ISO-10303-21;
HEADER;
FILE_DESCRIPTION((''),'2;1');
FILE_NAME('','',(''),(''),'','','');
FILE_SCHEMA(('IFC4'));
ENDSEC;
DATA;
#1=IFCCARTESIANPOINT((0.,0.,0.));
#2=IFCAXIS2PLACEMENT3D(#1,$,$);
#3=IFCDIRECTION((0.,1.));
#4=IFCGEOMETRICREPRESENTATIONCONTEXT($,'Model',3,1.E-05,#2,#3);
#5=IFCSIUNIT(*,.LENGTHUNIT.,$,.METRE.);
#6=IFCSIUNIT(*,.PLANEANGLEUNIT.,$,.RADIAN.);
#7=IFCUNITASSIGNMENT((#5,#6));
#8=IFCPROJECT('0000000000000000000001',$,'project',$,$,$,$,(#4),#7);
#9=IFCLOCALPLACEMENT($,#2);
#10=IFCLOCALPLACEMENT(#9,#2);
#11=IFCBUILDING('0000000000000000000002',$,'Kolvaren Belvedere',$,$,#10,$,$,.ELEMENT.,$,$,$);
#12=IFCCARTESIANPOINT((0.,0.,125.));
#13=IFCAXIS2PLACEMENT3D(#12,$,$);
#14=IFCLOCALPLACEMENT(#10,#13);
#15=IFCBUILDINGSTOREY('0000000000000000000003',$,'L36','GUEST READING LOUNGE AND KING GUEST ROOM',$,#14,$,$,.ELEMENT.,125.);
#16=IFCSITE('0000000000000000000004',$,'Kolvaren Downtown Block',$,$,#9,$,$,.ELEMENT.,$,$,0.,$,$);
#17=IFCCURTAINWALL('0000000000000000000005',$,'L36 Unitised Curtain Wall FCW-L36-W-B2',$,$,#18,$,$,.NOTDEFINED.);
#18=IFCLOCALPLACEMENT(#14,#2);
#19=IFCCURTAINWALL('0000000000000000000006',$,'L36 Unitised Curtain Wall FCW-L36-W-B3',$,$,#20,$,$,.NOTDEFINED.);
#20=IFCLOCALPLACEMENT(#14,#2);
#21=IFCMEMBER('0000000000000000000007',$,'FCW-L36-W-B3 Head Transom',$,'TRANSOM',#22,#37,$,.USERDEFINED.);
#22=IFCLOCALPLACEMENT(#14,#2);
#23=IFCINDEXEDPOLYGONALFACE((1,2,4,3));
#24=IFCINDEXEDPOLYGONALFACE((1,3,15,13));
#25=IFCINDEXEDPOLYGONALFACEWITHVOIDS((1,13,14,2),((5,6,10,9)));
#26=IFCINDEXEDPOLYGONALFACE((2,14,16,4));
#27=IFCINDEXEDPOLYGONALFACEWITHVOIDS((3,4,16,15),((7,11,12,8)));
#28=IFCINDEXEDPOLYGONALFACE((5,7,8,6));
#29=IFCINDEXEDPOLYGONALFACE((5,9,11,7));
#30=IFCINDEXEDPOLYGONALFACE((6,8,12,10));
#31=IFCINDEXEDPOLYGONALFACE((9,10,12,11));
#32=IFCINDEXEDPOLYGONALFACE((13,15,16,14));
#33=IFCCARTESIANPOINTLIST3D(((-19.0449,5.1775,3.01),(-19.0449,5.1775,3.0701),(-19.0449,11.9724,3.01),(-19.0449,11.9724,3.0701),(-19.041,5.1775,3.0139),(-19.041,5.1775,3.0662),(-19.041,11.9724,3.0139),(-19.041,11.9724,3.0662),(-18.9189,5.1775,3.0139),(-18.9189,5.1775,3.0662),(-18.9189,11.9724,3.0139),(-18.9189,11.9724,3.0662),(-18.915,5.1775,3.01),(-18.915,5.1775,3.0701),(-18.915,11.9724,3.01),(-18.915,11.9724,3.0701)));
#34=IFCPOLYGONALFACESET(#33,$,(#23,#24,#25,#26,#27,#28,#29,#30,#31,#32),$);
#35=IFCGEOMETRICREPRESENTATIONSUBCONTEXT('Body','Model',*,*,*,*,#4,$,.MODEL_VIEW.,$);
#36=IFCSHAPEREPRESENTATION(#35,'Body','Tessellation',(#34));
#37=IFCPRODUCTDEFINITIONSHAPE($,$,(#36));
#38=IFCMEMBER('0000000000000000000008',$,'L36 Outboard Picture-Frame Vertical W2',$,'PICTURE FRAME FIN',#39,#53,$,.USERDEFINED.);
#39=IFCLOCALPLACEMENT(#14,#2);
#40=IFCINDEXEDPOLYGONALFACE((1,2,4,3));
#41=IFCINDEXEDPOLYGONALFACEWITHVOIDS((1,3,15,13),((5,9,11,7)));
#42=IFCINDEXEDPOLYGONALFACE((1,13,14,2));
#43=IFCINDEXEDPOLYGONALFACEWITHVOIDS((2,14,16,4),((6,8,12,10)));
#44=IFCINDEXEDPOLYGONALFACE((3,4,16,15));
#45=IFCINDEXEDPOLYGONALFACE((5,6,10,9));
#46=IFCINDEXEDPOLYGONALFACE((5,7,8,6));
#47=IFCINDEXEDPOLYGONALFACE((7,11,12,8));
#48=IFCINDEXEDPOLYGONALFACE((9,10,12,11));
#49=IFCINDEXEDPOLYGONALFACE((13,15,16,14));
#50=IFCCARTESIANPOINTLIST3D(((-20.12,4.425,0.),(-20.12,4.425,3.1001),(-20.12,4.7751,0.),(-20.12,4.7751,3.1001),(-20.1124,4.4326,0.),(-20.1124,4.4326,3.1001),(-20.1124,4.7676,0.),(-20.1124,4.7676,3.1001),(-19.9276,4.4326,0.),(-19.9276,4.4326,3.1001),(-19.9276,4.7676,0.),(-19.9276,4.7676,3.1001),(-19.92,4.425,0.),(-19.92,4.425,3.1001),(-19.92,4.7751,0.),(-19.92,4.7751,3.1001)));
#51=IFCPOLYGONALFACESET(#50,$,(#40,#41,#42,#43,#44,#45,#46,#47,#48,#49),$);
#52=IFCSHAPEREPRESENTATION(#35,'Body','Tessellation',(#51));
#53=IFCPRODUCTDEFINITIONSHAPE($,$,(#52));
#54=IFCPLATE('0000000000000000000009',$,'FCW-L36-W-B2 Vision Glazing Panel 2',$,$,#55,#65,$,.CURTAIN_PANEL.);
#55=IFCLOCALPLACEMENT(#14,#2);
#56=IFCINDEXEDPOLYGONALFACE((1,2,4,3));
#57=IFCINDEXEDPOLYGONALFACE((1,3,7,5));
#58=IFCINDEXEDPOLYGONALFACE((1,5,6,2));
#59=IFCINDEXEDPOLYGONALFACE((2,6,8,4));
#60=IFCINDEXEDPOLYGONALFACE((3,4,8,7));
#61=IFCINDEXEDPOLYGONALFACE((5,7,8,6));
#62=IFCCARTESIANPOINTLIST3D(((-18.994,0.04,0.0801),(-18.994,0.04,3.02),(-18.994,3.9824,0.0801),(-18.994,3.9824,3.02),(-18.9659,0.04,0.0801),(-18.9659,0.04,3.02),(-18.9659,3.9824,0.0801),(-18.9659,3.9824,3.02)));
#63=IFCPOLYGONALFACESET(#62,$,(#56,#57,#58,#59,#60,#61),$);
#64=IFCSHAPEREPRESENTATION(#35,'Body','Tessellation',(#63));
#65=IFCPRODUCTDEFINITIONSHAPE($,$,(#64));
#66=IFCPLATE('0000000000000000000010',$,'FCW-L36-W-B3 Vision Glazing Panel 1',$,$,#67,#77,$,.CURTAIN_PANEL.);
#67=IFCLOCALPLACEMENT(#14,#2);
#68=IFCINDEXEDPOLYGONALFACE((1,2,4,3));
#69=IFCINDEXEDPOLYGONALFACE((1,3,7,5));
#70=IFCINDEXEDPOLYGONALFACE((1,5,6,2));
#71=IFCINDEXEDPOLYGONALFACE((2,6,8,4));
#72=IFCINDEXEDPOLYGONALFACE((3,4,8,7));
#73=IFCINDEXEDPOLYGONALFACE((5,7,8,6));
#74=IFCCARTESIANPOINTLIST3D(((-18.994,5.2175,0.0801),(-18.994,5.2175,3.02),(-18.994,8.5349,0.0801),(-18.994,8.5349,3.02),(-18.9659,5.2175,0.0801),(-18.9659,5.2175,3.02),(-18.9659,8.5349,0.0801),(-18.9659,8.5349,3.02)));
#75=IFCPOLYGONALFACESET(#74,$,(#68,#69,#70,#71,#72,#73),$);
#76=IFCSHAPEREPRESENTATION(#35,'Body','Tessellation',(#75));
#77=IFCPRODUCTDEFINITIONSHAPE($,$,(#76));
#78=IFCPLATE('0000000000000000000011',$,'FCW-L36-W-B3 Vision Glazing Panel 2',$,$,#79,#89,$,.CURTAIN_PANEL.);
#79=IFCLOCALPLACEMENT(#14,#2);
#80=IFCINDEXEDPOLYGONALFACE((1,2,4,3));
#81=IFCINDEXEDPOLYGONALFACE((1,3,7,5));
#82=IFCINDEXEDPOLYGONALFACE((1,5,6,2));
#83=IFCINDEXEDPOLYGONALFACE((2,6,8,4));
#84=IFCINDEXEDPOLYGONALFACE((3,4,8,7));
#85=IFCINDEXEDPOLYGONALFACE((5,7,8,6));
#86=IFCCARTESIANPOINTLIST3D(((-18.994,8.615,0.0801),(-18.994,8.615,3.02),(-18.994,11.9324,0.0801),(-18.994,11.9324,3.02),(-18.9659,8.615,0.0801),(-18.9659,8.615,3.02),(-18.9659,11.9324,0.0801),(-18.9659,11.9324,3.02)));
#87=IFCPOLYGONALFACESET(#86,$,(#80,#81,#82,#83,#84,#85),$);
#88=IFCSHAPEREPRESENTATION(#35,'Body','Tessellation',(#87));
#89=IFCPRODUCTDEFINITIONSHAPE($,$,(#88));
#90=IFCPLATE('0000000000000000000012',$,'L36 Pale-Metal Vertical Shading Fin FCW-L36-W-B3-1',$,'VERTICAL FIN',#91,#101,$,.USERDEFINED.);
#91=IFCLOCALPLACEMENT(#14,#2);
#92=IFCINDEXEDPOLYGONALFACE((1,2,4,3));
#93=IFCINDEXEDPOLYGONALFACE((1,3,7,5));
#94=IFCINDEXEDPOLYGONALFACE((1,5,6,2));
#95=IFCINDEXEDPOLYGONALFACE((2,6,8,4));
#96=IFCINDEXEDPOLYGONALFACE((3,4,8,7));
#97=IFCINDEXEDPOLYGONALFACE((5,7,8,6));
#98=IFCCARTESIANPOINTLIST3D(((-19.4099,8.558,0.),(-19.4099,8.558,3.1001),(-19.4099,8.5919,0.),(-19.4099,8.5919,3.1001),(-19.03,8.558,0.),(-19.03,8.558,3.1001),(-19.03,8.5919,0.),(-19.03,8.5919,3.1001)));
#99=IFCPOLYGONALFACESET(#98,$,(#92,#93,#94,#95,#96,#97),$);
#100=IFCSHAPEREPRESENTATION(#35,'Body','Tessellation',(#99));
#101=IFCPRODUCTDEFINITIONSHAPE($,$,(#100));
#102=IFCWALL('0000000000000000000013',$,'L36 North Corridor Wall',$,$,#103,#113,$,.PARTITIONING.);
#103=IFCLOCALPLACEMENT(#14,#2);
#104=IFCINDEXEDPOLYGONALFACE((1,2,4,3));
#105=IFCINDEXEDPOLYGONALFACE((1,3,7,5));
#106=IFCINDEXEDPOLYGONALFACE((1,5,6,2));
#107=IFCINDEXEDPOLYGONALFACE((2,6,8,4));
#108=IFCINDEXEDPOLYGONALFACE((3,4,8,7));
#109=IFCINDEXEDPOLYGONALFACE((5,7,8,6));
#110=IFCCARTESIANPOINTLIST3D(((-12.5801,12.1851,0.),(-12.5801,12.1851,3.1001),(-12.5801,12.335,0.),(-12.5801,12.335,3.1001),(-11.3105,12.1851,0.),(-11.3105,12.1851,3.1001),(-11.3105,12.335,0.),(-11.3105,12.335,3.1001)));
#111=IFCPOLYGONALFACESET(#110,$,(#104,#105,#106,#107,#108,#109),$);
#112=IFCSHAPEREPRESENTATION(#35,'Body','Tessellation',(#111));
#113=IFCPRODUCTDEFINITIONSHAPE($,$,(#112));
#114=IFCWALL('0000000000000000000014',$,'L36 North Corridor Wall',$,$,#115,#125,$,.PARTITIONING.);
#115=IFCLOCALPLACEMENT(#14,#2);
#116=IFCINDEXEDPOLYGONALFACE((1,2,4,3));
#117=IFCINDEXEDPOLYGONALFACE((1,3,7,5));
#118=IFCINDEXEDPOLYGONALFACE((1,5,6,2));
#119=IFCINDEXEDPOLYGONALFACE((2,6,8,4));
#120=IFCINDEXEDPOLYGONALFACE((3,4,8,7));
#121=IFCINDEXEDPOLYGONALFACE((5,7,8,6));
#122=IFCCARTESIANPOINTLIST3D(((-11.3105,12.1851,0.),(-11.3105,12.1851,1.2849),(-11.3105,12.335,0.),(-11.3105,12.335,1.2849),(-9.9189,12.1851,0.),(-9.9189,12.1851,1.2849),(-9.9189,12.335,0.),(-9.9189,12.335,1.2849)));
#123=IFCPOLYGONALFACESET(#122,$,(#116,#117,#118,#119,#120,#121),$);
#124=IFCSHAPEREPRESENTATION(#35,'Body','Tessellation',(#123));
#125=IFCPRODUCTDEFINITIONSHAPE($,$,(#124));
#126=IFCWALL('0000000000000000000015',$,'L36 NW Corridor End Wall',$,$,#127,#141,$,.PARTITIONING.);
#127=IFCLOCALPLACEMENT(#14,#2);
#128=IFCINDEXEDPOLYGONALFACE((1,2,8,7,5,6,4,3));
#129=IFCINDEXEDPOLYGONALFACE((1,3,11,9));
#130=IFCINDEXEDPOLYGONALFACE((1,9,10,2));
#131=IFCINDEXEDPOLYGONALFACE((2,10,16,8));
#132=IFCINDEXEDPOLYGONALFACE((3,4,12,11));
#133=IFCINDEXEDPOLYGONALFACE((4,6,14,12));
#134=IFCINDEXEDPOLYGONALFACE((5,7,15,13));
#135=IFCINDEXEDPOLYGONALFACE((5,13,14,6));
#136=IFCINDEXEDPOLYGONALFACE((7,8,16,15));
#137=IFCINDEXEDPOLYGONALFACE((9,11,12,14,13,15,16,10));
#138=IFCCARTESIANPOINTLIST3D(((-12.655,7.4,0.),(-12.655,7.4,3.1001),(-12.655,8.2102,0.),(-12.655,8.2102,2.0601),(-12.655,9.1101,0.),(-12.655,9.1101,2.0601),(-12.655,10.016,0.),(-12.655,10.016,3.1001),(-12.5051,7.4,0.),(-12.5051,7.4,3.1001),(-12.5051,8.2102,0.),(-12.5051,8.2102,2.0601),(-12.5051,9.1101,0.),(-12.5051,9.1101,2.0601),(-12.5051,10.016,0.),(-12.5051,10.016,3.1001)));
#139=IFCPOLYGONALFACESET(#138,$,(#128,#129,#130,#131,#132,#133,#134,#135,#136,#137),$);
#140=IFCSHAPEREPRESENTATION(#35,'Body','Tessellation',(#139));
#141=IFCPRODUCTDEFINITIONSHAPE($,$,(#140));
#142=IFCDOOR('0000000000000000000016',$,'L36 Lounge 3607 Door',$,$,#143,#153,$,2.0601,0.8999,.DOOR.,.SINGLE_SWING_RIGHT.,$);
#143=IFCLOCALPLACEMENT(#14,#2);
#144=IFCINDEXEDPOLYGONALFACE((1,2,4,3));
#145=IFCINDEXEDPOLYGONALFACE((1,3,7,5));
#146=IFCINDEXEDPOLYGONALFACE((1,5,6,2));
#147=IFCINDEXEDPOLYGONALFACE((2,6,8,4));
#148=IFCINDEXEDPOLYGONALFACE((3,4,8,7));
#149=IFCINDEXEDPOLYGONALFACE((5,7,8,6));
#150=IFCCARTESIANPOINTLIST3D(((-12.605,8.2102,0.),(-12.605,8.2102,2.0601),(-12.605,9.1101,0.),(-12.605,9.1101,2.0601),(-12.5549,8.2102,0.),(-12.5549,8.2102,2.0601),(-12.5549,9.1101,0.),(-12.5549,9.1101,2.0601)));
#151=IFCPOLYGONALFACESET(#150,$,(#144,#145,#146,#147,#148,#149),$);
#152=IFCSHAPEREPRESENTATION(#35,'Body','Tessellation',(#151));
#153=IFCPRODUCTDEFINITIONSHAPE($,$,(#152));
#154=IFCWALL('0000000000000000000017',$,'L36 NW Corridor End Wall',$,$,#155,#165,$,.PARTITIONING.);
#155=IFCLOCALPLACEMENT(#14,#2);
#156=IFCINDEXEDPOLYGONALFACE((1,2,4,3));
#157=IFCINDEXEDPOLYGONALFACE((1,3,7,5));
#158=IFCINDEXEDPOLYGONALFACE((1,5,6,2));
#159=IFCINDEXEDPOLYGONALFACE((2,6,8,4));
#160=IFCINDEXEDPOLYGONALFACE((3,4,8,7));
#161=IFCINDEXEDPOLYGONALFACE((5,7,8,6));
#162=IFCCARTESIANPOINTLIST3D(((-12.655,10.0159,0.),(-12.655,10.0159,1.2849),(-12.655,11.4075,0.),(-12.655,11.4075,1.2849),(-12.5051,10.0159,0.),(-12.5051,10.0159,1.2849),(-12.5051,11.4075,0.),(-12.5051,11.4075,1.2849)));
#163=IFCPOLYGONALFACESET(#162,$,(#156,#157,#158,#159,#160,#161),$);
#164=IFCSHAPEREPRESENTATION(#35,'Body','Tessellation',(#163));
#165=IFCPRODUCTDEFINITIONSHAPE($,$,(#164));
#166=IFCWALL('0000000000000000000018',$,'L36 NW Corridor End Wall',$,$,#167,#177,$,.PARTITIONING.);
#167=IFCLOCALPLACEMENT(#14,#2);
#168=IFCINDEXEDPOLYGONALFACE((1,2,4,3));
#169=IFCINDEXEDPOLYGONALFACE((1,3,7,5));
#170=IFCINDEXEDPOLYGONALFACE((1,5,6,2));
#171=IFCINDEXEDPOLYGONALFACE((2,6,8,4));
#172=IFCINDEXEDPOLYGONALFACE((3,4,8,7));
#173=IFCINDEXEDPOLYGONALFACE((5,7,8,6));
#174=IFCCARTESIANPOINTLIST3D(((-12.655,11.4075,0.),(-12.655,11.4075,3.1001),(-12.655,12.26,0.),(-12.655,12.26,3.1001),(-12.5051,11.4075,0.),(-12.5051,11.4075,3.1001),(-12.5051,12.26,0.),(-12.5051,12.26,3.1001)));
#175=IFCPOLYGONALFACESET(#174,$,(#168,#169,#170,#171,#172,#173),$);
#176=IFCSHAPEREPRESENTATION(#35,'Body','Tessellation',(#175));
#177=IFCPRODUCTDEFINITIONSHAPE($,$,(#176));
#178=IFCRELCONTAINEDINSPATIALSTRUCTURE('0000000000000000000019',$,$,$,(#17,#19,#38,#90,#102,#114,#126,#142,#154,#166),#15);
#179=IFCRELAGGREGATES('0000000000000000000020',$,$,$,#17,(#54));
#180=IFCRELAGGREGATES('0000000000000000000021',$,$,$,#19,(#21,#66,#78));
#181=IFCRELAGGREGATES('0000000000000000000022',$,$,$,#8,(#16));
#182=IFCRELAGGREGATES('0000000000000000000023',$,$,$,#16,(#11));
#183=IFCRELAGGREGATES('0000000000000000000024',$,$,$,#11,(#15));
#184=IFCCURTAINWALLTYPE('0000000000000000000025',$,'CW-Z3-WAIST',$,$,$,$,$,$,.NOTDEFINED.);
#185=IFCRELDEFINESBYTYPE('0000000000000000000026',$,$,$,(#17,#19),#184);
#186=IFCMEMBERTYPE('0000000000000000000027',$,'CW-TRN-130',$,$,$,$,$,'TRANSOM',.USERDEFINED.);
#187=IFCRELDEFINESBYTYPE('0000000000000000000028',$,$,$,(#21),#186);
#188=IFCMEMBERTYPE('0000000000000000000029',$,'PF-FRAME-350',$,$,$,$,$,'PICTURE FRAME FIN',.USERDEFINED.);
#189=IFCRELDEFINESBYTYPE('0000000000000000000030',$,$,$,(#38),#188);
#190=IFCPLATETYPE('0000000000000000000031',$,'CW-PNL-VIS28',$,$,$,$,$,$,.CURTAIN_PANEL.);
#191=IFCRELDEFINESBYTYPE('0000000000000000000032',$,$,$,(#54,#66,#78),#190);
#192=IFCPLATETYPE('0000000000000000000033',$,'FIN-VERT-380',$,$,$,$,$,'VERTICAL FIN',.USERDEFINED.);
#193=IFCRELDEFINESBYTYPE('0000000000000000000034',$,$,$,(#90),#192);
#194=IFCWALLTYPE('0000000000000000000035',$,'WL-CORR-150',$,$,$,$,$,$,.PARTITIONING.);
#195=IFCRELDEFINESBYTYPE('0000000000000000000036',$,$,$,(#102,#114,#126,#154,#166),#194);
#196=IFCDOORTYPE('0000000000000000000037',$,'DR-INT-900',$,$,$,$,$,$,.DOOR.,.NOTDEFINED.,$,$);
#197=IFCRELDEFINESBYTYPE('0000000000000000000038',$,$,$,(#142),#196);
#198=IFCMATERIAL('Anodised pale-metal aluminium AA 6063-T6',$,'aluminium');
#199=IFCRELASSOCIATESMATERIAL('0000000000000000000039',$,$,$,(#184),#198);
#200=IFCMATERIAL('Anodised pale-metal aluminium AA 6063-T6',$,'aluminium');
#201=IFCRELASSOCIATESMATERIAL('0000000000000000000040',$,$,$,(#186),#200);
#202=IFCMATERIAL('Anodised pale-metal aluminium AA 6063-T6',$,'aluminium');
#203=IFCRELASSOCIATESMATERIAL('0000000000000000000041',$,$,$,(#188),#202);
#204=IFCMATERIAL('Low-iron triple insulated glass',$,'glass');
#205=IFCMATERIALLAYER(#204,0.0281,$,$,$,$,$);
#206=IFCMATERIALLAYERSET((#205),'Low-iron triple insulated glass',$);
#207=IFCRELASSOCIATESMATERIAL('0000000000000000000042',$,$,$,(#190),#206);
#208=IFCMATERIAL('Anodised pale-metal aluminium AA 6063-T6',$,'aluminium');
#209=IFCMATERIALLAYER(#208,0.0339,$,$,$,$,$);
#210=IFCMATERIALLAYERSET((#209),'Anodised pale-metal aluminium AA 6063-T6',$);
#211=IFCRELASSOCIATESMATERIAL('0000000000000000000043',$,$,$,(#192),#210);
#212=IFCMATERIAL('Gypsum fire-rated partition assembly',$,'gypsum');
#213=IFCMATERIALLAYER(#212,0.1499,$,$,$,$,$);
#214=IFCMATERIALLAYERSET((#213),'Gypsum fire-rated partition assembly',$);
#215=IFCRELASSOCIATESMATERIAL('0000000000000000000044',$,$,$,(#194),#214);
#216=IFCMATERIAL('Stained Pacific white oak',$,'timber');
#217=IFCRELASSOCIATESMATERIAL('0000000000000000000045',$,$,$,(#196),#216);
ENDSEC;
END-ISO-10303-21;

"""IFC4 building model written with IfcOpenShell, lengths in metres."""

from ifc_helpers import new_model, si_unit, direction, frame, frame_2d, origin, origin_2d, place, context, subcontext, project, spatial, rectangle, hollow_rectangle, extrude, material, layer, layer_set, material_profile, profile_set, type_object, element, fill, aggregate, save


model = new_model("IFC4")

# Units and contexts
model_context = context("Model", 3, precision=1e-05, world=origin(), true_north=direction((0.0, 1.0)))
body_context = subcontext(model_context, "Body", "Model", "MODEL_VIEW")
ifc_project = project(units=[si_unit("LENGTHUNIT", "METRE"), si_unit("PLANEANGLEUNIT", "RADIAN")], contexts=[model_context])

# Site, building, storey
site_placement = place(None, origin())
site = spatial("IfcSite", under=ifc_project, at=site_placement, Name="Kolvaren Downtown Block", CompositionType="ELEMENT", RefElevation=0.0)
building_placement = place(site_placement, origin())
building = spatial("IfcBuilding", under=site, at=building_placement, Name="Kolvaren Belvedere", CompositionType="ELEMENT")
storey_placement = place(building_placement, frame((0.0, 0.0, 125.0)))
storey = spatial("IfcBuildingStorey", under=building, at=storey_placement, Name="L36", Description="GUEST READING LOUNGE AND KING GUEST ROOM", CompositionType="ELEMENT", Elevation=125.0)

# Curtain wall
ifc_material_1 = material(Name="Anodised pale-metal aluminium AA 6063-T6", Category="aluminium")
curtain_wall_type = type_object("IfcCurtainWallType", Name="CW-Z3-WAIST", PredefinedType="NOTDEFINED", material=ifc_material_1)
curtain_wall_1_placement = place(storey_placement, origin())
curtain_wall_1 = element("IfcCurtainWall", 1, at=curtain_wall_1_placement, inside=storey, type_object=curtain_wall_type, Name="L36 Unitised Curtain Wall FCW-L36-W-B2", PredefinedType="NOTDEFINED")

# Curtain wall, member
curtain_wall_2_placement = place(storey_placement, origin())
curtain_wall_2 = element("IfcCurtainWall", 2, at=curtain_wall_2_placement, inside=storey, type_object=curtain_wall_type, Name="L36 Unitised Curtain Wall FCW-L36-W-B3", PredefinedType="NOTDEFINED")
ifc_material_2 = material(Name="Anodised pale-metal aluminium AA 6063-T6", Category="aluminium")
ifc_material_profile_1 = material_profile(ifc_material_2, hollow_rectangle(XDim=0.0601, YDim=0.1299, WallThickness=0.0039, at=origin_2d()), Name="ALU-TRN-130X60")
ifc_profile_set_1 = profile_set([ifc_material_profile_1], Name="Anodised pale-metal aluminium AA 6063-T6")
member_type_1 = type_object("IfcMemberType", Name="CW-TRN-130", ElementType="TRANSOM", PredefinedType="USERDEFINED", material=ifc_profile_set_1)
member_1_placement = place(storey_placement, frame((-18.98, 5.1775, 3.04), z_axis=(0.0, 1.0, 0.0), x_axis=(0.0, 0.0, 1.0)))
member_1 = element("IfcMember", 3, at=member_1_placement, type_object=member_type_1, Name="FCW-L36-W-B3 Head Transom", ObjectType="TRANSOM", PredefinedType="USERDEFINED", context=body_context, shape_type="SweptSolid", body=[
    extrude(hollow_rectangle(XDim=0.0601, YDim=0.1299, WallThickness=0.0039, at=origin_2d()), origin(), (0.0, 0.0, 1.0), 6.7949),
])

# Member
ifc_material_3 = material(Name="Anodised pale-metal aluminium AA 6063-T6", Category="aluminium")
ifc_material_profile_2 = material_profile(ifc_material_3, hollow_rectangle(XDim=0.2, YDim=0.3501, WallThickness=0.0076, at=origin_2d()), Name="ALU-PF-350X200")
ifc_profile_set_2 = profile_set([ifc_material_profile_2], Name="Anodised pale-metal aluminium AA 6063-T6")
member_type_2 = type_object("IfcMemberType", Name="PF-FRAME-350", ElementType="PICTURE FRAME FIN", PredefinedType="USERDEFINED", material=ifc_profile_set_2)
member_2_placement = place(storey_placement, frame((-20.02, 4.6001, 0.0), z_axis=(0.0, 0.0, 1.0), x_axis=(1.0, 0.0, 0.0)))
element("IfcMember", 4, at=member_2_placement, inside=storey, type_object=member_type_2, Name="L36 Outboard Picture-Frame Vertical W2", ObjectType="PICTURE FRAME FIN", PredefinedType="USERDEFINED", context=body_context, shape_type="SweptSolid", body=[
    extrude(hollow_rectangle(XDim=0.2, YDim=0.3501, WallThickness=0.0076, at=origin_2d()), origin(), (0.0, 0.0, 1.0), 3.1001),
])

# Plates
ifc_material_4 = material(Name="Low-iron triple insulated glass", Category="glass")
ifc_layer_1 = layer(ifc_material_4, 0.0281)
ifc_layer_set_1 = layer_set([ifc_layer_1], Name="Low-iron triple insulated glass")
plate_type_1 = type_object("IfcPlateType", Name="CW-PNL-VIS28", PredefinedType="CURTAIN_PANEL", material=ifc_layer_set_1)
plate_1_placement = place(storey_placement, frame((-18.98, 2.0112, 0.0801), z_axis=(0.0, 0.0, 1.0), x_axis=(0.0, 1.0, 0.0)))
plate_1 = element("IfcPlate", 5, at=plate_1_placement, type_object=plate_type_1, Name="FCW-L36-W-B2 Vision Glazing Panel 2", PredefinedType="CURTAIN_PANEL", context=body_context, shape_type="SweptSolid", body=[
    extrude(rectangle(XDim=3.9424, YDim=0.0281, at=origin_2d()), origin(), (0.0, 0.0, 1.0), 2.9399),
])
aggregate(curtain_wall_1, [plate_1])
plate_2_placement = place(storey_placement, frame((-18.98, 6.8762, 0.0801), z_axis=(0.0, 0.0, 1.0), x_axis=(0.0, 1.0, 0.0)))
plate_2 = element("IfcPlate", 6, at=plate_2_placement, type_object=plate_type_1, Name="FCW-L36-W-B3 Vision Glazing Panel 1", PredefinedType="CURTAIN_PANEL", context=body_context, shape_type="SweptSolid", body=[
    extrude(rectangle(XDim=3.3174, YDim=0.0281, at=origin_2d()), origin(), (0.0, 0.0, 1.0), 2.9399),
])
plate_3_placement = place(storey_placement, frame((-18.98, 10.2737, 0.0801), z_axis=(0.0, 0.0, 1.0), x_axis=(0.0, 1.0, 0.0)))
plate_3 = element("IfcPlate", 7, at=plate_3_placement, type_object=plate_type_1, Name="FCW-L36-W-B3 Vision Glazing Panel 2", PredefinedType="CURTAIN_PANEL", context=body_context, shape_type="SweptSolid", body=[
    extrude(rectangle(XDim=3.3174, YDim=0.0281, at=origin_2d()), origin(), (0.0, 0.0, 1.0), 2.9399),
])
aggregate(curtain_wall_2, [member_1, plate_2, plate_3])
ifc_material_5 = material(Name="Anodised pale-metal aluminium AA 6063-T6", Category="aluminium")
ifc_layer_2 = layer(ifc_material_5, 0.0339)
ifc_layer_set_2 = layer_set([ifc_layer_2], Name="Anodised pale-metal aluminium AA 6063-T6")
plate_type_2 = type_object("IfcPlateType", Name="FIN-VERT-380", ElementType="VERTICAL FIN", PredefinedType="USERDEFINED", material=ifc_layer_set_2)
plate_4_placement = place(storey_placement, frame((-19.22, 8.575, 0.0), z_axis=(0.0, 0.0, 1.0), x_axis=(1.0, 0.0, 0.0)))
element("IfcPlate", 8, at=plate_4_placement, inside=storey, type_object=plate_type_2, Name="L36 Pale-Metal Vertical Shading Fin FCW-L36-W-B3-1", ObjectType="VERTICAL FIN", PredefinedType="USERDEFINED", context=body_context, shape_type="SweptSolid", body=[
    extrude(rectangle(XDim=0.3799, YDim=0.0339, at=origin_2d()), origin(), (0.0, 0.0, 1.0), 3.1001),
])

# Walls
ifc_material_6 = material(Name="Gypsum fire-rated partition assembly", Category="gypsum")
ifc_layer_3 = layer(ifc_material_6, 0.1499)
ifc_layer_set_3 = layer_set([ifc_layer_3], Name="Gypsum fire-rated partition assembly")
wall_type_1 = type_object("IfcWallType", Name="WL-CORR-150", PredefinedType="PARTITIONING", material=ifc_layer_set_3)
wall_1_placement = place(storey_placement, frame((-12.5801, 12.26, 0.0), z_axis=(0.0, 0.0, 1.0), x_axis=(1.0, 0.0, 0.0)))
element("IfcWall", 9, at=wall_1_placement, inside=storey, type_object=wall_type_1, Name="L36 North Corridor Wall", PredefinedType="PARTITIONING", context=body_context, shape_type="SweptSolid", body=[
    extrude(rectangle(XDim=1.2695, YDim=0.1499, at=frame_2d((0.6348, 0.0))), origin(), (0.0, 0.0, 1.0), 3.1001),
])
wall_2_placement = place(storey_placement, frame((-11.3105, 12.26, 0.0), z_axis=(0.0, 0.0, 1.0), x_axis=(1.0, 0.0, 0.0)))
element("IfcWall", 10, at=wall_2_placement, inside=storey, type_object=wall_type_1, Name="L36 North Corridor Wall", PredefinedType="PARTITIONING", context=body_context, shape_type="SweptSolid", body=[
    extrude(rectangle(XDim=1.3916, YDim=0.1499, at=frame_2d((0.6958, 0.0))), origin(), (0.0, 0.0, 1.0), 1.2849),
])

# Wall, opening, door
wall_3_placement = place(storey_placement, frame((-12.5801, 7.3999, 0.0), z_axis=(0.0, 0.0, 1.0), x_axis=(0.0, 1.0, 0.0)))
wall_3 = element("IfcWall", 11, at=wall_3_placement, inside=storey, type_object=wall_type_1, Name="L36 NW Corridor End Wall", PredefinedType="PARTITIONING", context=body_context, shape_type="SweptSolid", body=[
    extrude(rectangle(XDim=2.616, YDim=0.1499, at=frame_2d((1.3081, 0.0))), origin(), (0.0, 0.0, 1.0), 3.1001),
])
opening_placement = place(wall_3_placement, frame((0.8103, 0.0, 0.0)))
opening = element("IfcOpeningElement", 12, at=opening_placement, cuts=wall_3, PredefinedType="OPENING", context=body_context, shape_type="SweptSolid", body=[
    extrude(rectangle(XDim=0.8999, YDim=2.0601, at=frame_2d((0.45, 1.03))), frame((0.0, 0.085, 0.0), z_axis=(0.0, -1.0, 0.0), x_axis=(1.0, 0.0, 0.0)), (0.0, 0.0, 1.0), 0.1699),
])
ifc_material_7 = material(Name="Stained Pacific white oak", Category="timber")
door_type = type_object("IfcDoorType", Name="DR-INT-900", OperationType="NOTDEFINED", PredefinedType="DOOR", material=ifc_material_7)
door_placement = place(opening_placement, origin())
door = element("IfcDoor", 13, at=door_placement, inside=storey, type_object=door_type, Name="L36 Lounge 3607 Door", OperationType="SINGLE_SWING_RIGHT", OverallHeight=2.0601, OverallWidth=0.8999, PredefinedType="DOOR", context=body_context, shape_type="SweptSolid", body=[
    extrude(rectangle(XDim=0.8999, YDim=2.0601, at=frame_2d((0.45, 1.03))), frame((0.0, 0.0249, 0.0), z_axis=(0.0, -1.0, 0.0), x_axis=(1.0, 0.0, 0.0)), (0.0, 0.0, 1.0), 0.05),
])
fill(opening, door)

# Walls
wall_4_placement = place(storey_placement, frame((-12.5801, 10.0159, 0.0), z_axis=(0.0, 0.0, 1.0), x_axis=(0.0, 1.0, 0.0)))
element("IfcWall", 14, at=wall_4_placement, inside=storey, type_object=wall_type_1, Name="L36 NW Corridor End Wall", PredefinedType="PARTITIONING", context=body_context, shape_type="SweptSolid", body=[
    extrude(rectangle(XDim=1.3916, YDim=0.1499, at=frame_2d((0.6958, 0.0))), origin(), (0.0, 0.0, 1.0), 1.2849),
])
wall_5_placement = place(storey_placement, frame((-12.5801, 11.4075, 0.0), z_axis=(0.0, 0.0, 1.0), x_axis=(0.0, 1.0, 0.0)))
element("IfcWall", 15, at=wall_5_placement, inside=storey, type_object=wall_type_1, Name="L36 NW Corridor End Wall", PredefinedType="PARTITIONING", context=body_context, shape_type="SweptSolid", body=[
    extrude(rectangle(XDim=0.8525, YDim=0.1499, at=frame_2d((0.4263, 0.0))), origin(), (0.0, 0.0, 1.0), 3.1001),
])

save(model, "model.ifc")
